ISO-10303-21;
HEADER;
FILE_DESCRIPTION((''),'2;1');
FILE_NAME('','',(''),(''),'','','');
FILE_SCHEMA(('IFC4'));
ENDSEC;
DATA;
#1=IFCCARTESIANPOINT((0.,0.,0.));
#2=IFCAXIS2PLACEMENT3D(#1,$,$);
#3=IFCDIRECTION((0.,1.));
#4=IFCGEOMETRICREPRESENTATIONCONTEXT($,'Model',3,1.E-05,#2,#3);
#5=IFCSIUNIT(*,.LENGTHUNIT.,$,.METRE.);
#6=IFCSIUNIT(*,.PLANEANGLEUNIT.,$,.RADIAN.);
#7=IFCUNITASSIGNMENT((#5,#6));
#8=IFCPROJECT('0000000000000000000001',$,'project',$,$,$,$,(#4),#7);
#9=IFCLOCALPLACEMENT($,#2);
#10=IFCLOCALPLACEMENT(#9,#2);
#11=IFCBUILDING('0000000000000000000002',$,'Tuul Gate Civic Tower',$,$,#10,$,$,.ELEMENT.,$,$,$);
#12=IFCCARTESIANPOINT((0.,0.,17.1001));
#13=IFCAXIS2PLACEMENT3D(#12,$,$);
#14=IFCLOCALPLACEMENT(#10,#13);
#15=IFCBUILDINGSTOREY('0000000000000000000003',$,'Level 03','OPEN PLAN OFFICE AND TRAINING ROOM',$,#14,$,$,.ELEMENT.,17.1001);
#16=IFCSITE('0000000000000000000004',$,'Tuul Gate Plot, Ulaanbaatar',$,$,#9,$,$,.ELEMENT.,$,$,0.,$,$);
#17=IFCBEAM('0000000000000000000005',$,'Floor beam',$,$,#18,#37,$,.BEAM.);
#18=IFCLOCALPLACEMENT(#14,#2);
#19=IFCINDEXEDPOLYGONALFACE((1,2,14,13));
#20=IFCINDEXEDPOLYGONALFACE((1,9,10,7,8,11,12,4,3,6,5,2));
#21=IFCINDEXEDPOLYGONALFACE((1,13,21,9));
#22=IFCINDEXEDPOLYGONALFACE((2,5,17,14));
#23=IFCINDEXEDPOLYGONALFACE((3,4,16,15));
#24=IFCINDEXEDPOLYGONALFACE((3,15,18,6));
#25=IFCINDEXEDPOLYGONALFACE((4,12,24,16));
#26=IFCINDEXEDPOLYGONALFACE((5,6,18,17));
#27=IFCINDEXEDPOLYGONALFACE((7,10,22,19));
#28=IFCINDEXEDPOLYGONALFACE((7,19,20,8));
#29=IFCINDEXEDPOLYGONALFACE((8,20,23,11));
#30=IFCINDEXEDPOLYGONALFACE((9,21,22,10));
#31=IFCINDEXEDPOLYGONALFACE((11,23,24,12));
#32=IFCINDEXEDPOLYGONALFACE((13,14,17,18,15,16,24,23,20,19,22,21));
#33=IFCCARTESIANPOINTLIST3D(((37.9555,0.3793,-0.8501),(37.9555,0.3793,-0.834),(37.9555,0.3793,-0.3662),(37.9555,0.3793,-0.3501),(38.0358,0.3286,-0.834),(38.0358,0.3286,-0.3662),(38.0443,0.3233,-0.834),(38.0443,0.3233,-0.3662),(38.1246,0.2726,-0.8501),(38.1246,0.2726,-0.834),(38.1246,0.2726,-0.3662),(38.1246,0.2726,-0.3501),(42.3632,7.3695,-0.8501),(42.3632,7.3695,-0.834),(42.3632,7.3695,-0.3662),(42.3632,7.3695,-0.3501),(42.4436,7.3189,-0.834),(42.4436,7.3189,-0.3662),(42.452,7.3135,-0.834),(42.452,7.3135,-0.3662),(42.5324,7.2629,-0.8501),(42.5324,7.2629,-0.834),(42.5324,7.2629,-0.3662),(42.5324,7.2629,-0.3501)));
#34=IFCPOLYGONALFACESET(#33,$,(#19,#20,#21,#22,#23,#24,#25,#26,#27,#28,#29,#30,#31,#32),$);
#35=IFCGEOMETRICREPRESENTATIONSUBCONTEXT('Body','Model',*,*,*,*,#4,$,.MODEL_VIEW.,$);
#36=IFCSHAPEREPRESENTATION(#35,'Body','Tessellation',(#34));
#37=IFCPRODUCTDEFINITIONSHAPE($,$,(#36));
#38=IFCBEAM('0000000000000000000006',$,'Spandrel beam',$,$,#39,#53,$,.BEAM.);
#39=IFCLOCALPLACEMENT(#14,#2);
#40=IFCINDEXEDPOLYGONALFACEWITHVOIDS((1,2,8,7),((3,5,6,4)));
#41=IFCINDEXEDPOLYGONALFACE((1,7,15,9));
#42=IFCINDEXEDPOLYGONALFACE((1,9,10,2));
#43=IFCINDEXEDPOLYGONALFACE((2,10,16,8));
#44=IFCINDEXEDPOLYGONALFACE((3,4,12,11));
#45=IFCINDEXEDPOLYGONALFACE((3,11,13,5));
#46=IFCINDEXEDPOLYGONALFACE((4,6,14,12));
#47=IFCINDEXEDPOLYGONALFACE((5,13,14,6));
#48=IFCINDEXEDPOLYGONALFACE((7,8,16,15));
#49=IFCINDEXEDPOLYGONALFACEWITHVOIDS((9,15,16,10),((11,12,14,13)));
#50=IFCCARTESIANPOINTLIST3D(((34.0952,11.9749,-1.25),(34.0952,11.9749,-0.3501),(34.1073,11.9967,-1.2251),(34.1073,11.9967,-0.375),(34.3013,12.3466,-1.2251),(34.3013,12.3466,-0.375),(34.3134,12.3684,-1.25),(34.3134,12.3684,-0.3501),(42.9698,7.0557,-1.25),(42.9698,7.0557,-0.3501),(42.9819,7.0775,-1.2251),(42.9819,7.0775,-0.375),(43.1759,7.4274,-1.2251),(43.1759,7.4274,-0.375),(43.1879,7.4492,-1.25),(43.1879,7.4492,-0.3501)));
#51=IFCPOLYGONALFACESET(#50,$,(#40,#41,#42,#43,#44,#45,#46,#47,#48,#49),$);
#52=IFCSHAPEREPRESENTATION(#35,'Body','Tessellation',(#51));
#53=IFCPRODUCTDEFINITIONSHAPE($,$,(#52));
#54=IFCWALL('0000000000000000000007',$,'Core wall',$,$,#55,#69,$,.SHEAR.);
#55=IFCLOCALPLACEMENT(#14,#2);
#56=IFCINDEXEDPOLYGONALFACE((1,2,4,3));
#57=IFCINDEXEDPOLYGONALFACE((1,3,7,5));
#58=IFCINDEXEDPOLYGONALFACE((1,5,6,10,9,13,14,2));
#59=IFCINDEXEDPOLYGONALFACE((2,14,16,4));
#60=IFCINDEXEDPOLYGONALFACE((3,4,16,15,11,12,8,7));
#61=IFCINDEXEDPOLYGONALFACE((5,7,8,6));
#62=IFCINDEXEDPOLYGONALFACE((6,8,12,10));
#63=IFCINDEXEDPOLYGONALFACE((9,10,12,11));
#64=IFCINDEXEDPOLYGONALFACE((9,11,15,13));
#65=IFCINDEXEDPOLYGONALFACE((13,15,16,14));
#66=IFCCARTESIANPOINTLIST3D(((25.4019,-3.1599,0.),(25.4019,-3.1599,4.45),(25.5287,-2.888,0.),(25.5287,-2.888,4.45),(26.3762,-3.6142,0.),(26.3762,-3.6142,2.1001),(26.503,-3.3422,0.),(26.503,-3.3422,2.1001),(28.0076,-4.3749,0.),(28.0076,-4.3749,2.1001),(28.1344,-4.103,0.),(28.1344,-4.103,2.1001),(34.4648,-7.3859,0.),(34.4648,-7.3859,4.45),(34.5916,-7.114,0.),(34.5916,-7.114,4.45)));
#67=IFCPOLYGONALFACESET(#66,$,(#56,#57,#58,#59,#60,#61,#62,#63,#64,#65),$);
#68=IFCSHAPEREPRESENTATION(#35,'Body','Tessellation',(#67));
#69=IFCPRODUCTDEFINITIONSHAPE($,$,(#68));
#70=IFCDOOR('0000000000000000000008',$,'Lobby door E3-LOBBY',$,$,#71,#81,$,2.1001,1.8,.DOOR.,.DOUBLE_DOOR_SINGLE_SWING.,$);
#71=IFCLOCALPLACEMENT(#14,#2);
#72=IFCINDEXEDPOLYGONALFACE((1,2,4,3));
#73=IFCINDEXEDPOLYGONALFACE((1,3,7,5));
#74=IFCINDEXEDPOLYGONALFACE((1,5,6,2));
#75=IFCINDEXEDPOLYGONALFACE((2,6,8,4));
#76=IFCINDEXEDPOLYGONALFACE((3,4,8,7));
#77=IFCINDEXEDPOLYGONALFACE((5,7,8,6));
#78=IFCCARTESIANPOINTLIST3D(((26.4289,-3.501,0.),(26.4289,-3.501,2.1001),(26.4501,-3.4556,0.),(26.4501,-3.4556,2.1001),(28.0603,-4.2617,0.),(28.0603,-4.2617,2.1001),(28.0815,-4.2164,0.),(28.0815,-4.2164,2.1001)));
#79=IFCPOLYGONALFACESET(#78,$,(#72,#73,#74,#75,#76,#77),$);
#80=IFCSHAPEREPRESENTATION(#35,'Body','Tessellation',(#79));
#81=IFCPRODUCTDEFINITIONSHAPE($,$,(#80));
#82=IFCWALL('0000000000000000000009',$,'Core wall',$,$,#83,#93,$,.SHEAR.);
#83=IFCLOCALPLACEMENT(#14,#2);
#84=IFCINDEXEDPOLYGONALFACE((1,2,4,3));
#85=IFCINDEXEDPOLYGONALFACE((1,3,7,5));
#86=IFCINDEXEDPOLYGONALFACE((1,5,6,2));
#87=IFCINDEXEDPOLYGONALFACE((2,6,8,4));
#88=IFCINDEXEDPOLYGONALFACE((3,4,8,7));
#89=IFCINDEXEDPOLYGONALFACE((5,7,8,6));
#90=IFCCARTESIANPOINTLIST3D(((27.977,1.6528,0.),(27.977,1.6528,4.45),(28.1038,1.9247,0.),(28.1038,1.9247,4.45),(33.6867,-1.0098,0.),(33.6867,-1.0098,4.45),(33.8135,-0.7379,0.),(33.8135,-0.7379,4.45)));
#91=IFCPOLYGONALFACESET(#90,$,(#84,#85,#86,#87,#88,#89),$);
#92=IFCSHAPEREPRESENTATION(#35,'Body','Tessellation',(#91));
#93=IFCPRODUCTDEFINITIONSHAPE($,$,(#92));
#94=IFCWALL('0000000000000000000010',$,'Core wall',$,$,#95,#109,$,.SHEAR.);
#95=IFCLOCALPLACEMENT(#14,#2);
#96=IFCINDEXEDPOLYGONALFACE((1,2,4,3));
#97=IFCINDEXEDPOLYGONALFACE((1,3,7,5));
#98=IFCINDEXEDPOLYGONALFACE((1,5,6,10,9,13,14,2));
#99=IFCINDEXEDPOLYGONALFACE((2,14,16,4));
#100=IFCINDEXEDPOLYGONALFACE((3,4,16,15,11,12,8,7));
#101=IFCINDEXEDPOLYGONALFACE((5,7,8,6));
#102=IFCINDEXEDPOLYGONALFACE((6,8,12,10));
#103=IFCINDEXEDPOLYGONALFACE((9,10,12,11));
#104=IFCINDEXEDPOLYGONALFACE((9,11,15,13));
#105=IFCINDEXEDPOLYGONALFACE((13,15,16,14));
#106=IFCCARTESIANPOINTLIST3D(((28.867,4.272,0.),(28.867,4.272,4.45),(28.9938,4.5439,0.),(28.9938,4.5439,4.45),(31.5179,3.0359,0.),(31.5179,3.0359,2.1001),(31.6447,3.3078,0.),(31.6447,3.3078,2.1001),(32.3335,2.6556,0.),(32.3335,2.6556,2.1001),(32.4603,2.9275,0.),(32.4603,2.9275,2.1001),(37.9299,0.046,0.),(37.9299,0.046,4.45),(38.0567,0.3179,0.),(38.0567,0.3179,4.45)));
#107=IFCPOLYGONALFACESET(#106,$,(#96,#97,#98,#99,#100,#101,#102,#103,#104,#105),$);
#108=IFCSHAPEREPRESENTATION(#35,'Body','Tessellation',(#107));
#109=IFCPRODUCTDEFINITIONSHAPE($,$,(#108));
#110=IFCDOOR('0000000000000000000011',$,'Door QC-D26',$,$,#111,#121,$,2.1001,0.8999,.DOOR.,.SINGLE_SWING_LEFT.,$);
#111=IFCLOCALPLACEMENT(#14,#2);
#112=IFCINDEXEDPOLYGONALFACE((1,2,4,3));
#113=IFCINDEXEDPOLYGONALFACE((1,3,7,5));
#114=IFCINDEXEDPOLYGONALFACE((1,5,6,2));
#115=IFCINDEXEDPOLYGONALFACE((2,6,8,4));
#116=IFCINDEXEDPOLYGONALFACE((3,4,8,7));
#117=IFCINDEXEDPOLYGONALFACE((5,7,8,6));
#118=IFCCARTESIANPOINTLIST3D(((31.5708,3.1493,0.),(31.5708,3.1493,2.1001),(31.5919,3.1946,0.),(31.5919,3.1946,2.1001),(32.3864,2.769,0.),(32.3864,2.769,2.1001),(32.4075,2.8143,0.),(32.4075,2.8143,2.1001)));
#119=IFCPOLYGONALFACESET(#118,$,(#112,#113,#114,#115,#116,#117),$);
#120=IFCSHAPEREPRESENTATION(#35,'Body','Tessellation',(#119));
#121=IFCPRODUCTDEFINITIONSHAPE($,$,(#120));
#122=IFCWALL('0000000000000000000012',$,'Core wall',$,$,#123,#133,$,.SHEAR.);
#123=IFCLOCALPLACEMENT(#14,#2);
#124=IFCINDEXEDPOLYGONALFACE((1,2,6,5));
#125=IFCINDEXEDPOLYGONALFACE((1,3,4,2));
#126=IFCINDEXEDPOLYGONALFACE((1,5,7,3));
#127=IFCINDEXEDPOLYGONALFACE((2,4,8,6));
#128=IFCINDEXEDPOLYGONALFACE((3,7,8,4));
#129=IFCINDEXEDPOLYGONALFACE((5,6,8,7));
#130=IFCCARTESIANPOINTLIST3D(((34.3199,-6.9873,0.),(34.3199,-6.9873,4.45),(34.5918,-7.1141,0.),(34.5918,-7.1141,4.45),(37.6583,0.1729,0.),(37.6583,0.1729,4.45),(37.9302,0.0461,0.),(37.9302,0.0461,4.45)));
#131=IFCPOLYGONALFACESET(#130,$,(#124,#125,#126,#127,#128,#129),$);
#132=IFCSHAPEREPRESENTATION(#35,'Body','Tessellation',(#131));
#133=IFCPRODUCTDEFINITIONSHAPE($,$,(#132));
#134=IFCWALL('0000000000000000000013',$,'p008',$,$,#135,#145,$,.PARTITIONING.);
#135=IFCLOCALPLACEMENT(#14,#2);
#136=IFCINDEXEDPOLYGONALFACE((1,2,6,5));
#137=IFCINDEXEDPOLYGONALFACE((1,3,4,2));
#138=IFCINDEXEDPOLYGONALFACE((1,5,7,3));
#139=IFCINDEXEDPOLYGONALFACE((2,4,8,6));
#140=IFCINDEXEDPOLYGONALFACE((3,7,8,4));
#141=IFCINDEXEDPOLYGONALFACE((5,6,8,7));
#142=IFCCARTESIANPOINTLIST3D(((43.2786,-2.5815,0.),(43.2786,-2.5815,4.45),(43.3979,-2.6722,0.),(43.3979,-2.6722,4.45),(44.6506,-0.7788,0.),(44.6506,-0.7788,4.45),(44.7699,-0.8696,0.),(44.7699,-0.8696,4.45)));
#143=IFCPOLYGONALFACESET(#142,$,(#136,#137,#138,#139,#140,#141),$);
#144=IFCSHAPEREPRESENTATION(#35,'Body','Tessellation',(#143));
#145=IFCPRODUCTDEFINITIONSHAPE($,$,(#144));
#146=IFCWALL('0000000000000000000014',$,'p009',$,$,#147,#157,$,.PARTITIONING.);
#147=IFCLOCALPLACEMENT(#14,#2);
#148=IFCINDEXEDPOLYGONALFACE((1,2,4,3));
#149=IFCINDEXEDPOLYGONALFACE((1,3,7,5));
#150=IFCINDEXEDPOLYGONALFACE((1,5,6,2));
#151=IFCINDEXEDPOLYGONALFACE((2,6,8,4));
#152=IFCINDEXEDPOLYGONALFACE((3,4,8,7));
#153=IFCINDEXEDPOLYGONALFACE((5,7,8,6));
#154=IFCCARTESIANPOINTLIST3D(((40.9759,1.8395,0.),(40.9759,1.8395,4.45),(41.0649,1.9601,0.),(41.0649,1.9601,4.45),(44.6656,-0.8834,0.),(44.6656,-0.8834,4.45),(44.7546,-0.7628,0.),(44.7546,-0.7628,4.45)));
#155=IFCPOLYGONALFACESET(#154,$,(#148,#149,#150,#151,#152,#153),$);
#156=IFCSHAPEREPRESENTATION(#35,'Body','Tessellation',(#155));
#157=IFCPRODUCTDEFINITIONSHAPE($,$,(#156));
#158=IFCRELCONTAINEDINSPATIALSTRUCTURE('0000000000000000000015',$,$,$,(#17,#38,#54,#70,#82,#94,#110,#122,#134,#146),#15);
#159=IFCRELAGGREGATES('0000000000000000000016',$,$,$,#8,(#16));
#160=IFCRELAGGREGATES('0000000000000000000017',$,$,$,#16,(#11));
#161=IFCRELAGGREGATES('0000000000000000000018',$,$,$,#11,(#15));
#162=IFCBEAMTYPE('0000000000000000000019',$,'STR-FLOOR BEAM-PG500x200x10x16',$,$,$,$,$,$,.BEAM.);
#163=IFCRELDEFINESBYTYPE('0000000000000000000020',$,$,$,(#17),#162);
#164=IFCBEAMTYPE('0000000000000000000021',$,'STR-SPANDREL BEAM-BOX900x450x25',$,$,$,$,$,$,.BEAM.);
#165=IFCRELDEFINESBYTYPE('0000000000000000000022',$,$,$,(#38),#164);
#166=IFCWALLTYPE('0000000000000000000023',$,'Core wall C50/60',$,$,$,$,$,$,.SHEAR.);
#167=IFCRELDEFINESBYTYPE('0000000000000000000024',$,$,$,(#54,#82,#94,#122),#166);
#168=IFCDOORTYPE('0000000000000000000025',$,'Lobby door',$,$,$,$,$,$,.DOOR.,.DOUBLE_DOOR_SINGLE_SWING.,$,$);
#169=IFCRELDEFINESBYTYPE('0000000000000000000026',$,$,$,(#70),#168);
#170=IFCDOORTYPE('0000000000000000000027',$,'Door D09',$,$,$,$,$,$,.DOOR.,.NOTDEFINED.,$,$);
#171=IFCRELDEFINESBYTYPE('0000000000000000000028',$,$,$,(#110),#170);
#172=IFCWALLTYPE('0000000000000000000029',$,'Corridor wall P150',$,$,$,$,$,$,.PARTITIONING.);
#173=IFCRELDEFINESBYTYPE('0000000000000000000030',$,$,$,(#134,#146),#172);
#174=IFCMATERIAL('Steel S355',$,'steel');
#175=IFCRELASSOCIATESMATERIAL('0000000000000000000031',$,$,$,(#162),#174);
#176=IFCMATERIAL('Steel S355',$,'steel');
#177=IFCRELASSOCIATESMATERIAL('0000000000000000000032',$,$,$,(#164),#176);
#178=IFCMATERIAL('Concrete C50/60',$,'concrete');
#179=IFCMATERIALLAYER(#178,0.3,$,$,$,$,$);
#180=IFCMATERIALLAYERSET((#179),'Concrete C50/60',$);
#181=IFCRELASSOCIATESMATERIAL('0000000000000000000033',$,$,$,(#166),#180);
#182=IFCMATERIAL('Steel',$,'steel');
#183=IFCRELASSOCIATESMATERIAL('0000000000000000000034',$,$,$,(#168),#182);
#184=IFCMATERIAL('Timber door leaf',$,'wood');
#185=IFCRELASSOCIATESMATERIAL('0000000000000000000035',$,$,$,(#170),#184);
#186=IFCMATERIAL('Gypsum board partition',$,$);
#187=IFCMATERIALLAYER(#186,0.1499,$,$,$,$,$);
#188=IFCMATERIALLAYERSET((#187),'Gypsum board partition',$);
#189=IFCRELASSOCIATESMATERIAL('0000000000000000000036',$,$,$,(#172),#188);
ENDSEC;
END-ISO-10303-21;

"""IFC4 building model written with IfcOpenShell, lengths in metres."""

from ifc_helpers import new_model, si_unit, direction, frame, frame_2d, origin, origin_2d, place, context, subcontext, project, spatial, rectangle, hollow_rectangle, i_section, extrude, material, layer, layer_set, material_profile, profile_set, type_object, element, fill, save


model = new_model("IFC4")

# Units and contexts
model_context = context("Model", 3, precision=1e-05, world=origin(), true_north=direction((0.0, 1.0)))
body_context = subcontext(model_context, "Body", "Model", "MODEL_VIEW")
ifc_project = project(units=[si_unit("LENGTHUNIT", "METRE"), si_unit("PLANEANGLEUNIT", "RADIAN")], contexts=[model_context])

# Site, building, storey
site_placement = place(None, origin())
site = spatial("IfcSite", under=ifc_project, at=site_placement, Name="Tuul Gate Plot, Ulaanbaatar", CompositionType="ELEMENT", RefElevation=0.0)
building_placement = place(site_placement, origin())
building = spatial("IfcBuilding", under=site, at=building_placement, Name="Tuul Gate Civic Tower", CompositionType="ELEMENT")
storey_placement = place(building_placement, frame((0.0, 0.0, 17.1001)))
storey = spatial("IfcBuildingStorey", under=building, at=storey_placement, Name="Level 03", Description="OPEN PLAN OFFICE AND TRAINING ROOM", CompositionType="ELEMENT", Elevation=17.1001)

# Beams
ifc_material_1 = material(Name="Steel S355", Category="steel")
ifc_material_profile_1 = material_profile(ifc_material_1, i_section(OverallWidth=0.2, OverallDepth=0.5, WebThickness=0.01, FlangeThickness=0.0161, at=origin_2d()), Name="PG500x200x10x16")
ifc_profile_set_1 = profile_set([ifc_material_profile_1], Name="Steel S355")
beam_type_1 = type_object("IfcBeamType", Name="STR-FLOOR BEAM-PG500x200x10x16", PredefinedType="BEAM", material=ifc_profile_set_1)
beam_1_placement = place(storey_placement, frame((38.04, 0.3259, -0.6001), z_axis=(0.533373, 0.84588, 0.0), x_axis=(-0.84588, 0.533373, 0.0)))
element("IfcBeam", 1, at=beam_1_placement, inside=storey, type_object=beam_type_1, Name="Floor beam", PredefinedType="BEAM", context=body_context, shape_type="SweptSolid", body=[
    extrude(i_section(OverallWidth=0.2, OverallDepth=0.5, WebThickness=0.01, FlangeThickness=0.0161, at=origin_2d()), origin(), (0.0, 0.0, 1.0), 8.2639),
])
ifc_material_2 = material(Name="Steel S355", Category="steel")
ifc_material_profile_2 = material_profile(ifc_material_2, hollow_rectangle(XDim=0.45, YDim=0.8999, WallThickness=0.0249, at=origin_2d()), Name="BOX900x450x25")
ifc_profile_set_2 = profile_set([ifc_material_profile_2], Name="Steel S355")
beam_type_2 = type_object("IfcBeamType", Name="STR-SPANDREL BEAM-BOX900x450x25", PredefinedType="BEAM", material=ifc_profile_set_2)
beam_2_placement = place(storey_placement, frame((43.0789, 7.2524, -0.8), z_axis=(-0.874621, 0.484807, 0.0), x_axis=(-0.484807, -0.874621, 0.0)))
element("IfcBeam", 2, at=beam_2_placement, inside=storey, type_object=beam_type_2, Name="Spandrel beam", PredefinedType="BEAM", context=body_context, shape_type="SweptSolid", body=[
    extrude(hollow_rectangle(XDim=0.45, YDim=0.8999, WallThickness=0.0249, at=origin_2d()), origin(), (0.0, 0.0, 1.0), 10.1467),
])

# Wall, opening, door
ifc_material_3 = material(Name="Concrete C50/60", Category="concrete")
ifc_layer_1 = layer(ifc_material_3, 0.3)
ifc_layer_set_1 = layer_set([ifc_layer_1], Name="Concrete C50/60")
wall_type_1 = type_object("IfcWallType", Name="Core wall C50/60", PredefinedType="SHEAR", material=ifc_layer_set_1)
wall_1_placement = place(storey_placement, frame((34.5283, -7.25, 0.0), z_axis=(0.0, 0.0, 1.0), x_axis=(-0.90631, 0.422613, 0.0)))
wall_1 = element("IfcWall", 3, at=wall_1_placement, inside=storey, type_object=wall_type_1, Name="Core wall", PredefinedType="SHEAR", context=body_context, shape_type="SweptSolid", body=[
    extrude(rectangle(XDim=9.9998, YDim=0.3, at=frame_2d((5.0, 0.0))), origin(), (0.0, 0.0, 1.0), 4.45),
])
opening_1_placement = place(wall_1_placement, frame((7.125, 0.0, 0.0)))
opening_1 = element("IfcOpeningElement", 4, at=opening_1_placement, cuts=wall_1, PredefinedType="OPENING", context=body_context, shape_type="SweptSolid", body=[
    extrude(rectangle(XDim=1.8, YDim=2.1001, at=frame_2d((0.8999, 1.05))), frame((0.0, 0.1602, 0.0), z_axis=(0.0, -1.0, 0.0), x_axis=(1.0, 0.0, 0.0)), (0.0, 0.0, 1.0), 0.3201),
])
ifc_material_4 = material(Name="Steel", Category="steel")
door_type_1 = type_object("IfcDoorType", Name="Lobby door", OperationType="DOUBLE_DOOR_SINGLE_SWING", PredefinedType="DOOR", material=ifc_material_4)
door_1_placement = place(opening_1_placement, frame((1.8, 0.0, 0.0), z_axis=(0.0, 0.0, 1.0), x_axis=(-1.0, 0.0, 0.0)))
door_1 = element("IfcDoor", 5, at=door_1_placement, inside=storey, type_object=door_type_1, Name="Lobby door E3-LOBBY", OperationType="DOUBLE_DOOR_SINGLE_SWING", OverallHeight=2.1001, OverallWidth=1.8, PredefinedType="DOOR", context=body_context, shape_type="SweptSolid", body=[
    extrude(rectangle(XDim=1.8, YDim=2.1001, at=frame_2d((0.9001, 1.05))), frame((0.0, 0.0249, 0.0), z_axis=(0.0, -1.0, 0.0), x_axis=(1.0, 0.0, 0.0)), (0.0, 0.0, 1.0), 0.05),
])
fill(opening_1, door_1)

# Wall
wall_2_placement = place(storey_placement, frame((33.75, -0.8738, 0.0), z_axis=(0.0, 0.0, 1.0), x_axis=(-0.906301, 0.422633, 0.0)))
element("IfcWall", 6, at=wall_2_placement, inside=storey, type_object=wall_type_1, Name="Core wall", PredefinedType="SHEAR", context=body_context, shape_type="SweptSolid", body=[
    extrude(rectangle(XDim=6.3, YDim=0.3, at=frame_2d((3.1499, 0.0))), origin(), (0.0, 0.0, 1.0), 4.45),
])

# Wall, opening, door
wall_3_placement = place(storey_placement, frame((37.9934, 0.1819, 0.0), z_axis=(0.0, 0.0, 1.0), x_axis=(-0.90631, 0.422613, 0.0)))
wall_3 = element("IfcWall", 7, at=wall_3_placement, inside=storey, type_object=wall_type_1, Name="Core wall", PredefinedType="SHEAR", context=body_context, shape_type="SweptSolid", body=[
    extrude(rectangle(XDim=9.9998, YDim=0.3, at=frame_2d((5.0, 0.0))), origin(), (0.0, 0.0, 1.0), 4.45),
])
opening_2_placement = place(wall_3_placement, frame((6.175, 0.0, 0.0)))
opening_2 = element("IfcOpeningElement", 8, at=opening_2_placement, cuts=wall_3, PredefinedType="OPENING", context=body_context, shape_type="SweptSolid", body=[
    extrude(rectangle(XDim=0.8999, YDim=2.1001, at=frame_2d((0.45, 1.05))), frame((0.0, 0.1602, 0.0), z_axis=(0.0, -1.0, 0.0), x_axis=(1.0, 0.0, 0.0)), (0.0, 0.0, 1.0), 0.3201),
])
ifc_material_5 = material(Name="Timber door leaf", Category="wood")
door_type_2 = type_object("IfcDoorType", Name="Door D09", OperationType="NOTDEFINED", PredefinedType="DOOR", material=ifc_material_5)
door_2_placement = place(opening_2_placement, origin())
door_2 = element("IfcDoor", 9, at=door_2_placement, inside=storey, type_object=door_type_2, Name="Door QC-D26", OperationType="SINGLE_SWING_LEFT", OverallHeight=2.1001, OverallWidth=0.8999, PredefinedType="DOOR", context=body_context, shape_type="SweptSolid", body=[
    extrude(rectangle(XDim=0.8999, YDim=2.1001, at=frame_2d((0.45, 1.05))), frame((0.0, 0.0249, 0.0), z_axis=(0.0, -1.0, 0.0), x_axis=(1.0, 0.0, 0.0)), (0.0, 0.0, 1.0), 0.05),
])
fill(opening_2, door_2)

# Walls
wall_4_placement = place(storey_placement, frame((34.4558, -7.0508, 0.0), z_axis=(0.0, 0.0, 1.0), x_axis=(0.422571, 0.90633, 0.0)))
element("IfcWall", 10, at=wall_4_placement, inside=storey, type_object=wall_type_1, Name="Core wall", PredefinedType="SHEAR", context=body_context, shape_type="SweptSolid", body=[
    extrude(rectangle(XDim=7.9001, YDim=0.3, at=frame_2d((3.9502, 0.0))), origin(), (0.0, 0.0, 1.0), 4.45),
])
ifc_material_6 = material(Name="Gypsum board partition")
ifc_layer_2 = layer(ifc_material_6, 0.1499)
ifc_layer_set_2 = layer_set([ifc_layer_2], Name="Gypsum board partition")
wall_type_2 = type_object("IfcWallType", Name="Corridor wall P150", PredefinedType="PARTITIONING", material=ifc_layer_set_2)
wall_5_placement = place(storey_placement, frame((43.3381, -2.627, 0.0), z_axis=(0.0, 0.0, 1.0), x_axis=(0.605641, 0.795738, 0.0)))
element("IfcWall", 11, at=wall_5_placement, inside=storey, type_object=wall_type_2, Name="p008", PredefinedType="PARTITIONING", context=body_context, shape_type="SweptSolid", body=[
    extrude(rectangle(XDim=2.2654, YDim=0.1499, at=frame_2d((1.1328, 0.0))), origin(), (0.0, 0.0, 1.0), 4.45),
])
wall_6_placement = place(storey_placement, frame((41.0203, 1.8999, 0.0), z_axis=(0.0, 0.0, 1.0), x_axis=(0.804621, -0.593789, 0.0)))
element("IfcWall", 12, at=wall_6_placement, inside=storey, type_object=wall_type_2, Name="p009", PredefinedType="PARTITIONING", context=body_context, shape_type="SweptSolid", body=[
    extrude(rectangle(XDim=4.5857, YDim=0.1499, at=frame_2d((2.293, 0.0))), origin(), (0.0, 0.0, 1.0), 4.45),
])

save(model, "model.ifc")
